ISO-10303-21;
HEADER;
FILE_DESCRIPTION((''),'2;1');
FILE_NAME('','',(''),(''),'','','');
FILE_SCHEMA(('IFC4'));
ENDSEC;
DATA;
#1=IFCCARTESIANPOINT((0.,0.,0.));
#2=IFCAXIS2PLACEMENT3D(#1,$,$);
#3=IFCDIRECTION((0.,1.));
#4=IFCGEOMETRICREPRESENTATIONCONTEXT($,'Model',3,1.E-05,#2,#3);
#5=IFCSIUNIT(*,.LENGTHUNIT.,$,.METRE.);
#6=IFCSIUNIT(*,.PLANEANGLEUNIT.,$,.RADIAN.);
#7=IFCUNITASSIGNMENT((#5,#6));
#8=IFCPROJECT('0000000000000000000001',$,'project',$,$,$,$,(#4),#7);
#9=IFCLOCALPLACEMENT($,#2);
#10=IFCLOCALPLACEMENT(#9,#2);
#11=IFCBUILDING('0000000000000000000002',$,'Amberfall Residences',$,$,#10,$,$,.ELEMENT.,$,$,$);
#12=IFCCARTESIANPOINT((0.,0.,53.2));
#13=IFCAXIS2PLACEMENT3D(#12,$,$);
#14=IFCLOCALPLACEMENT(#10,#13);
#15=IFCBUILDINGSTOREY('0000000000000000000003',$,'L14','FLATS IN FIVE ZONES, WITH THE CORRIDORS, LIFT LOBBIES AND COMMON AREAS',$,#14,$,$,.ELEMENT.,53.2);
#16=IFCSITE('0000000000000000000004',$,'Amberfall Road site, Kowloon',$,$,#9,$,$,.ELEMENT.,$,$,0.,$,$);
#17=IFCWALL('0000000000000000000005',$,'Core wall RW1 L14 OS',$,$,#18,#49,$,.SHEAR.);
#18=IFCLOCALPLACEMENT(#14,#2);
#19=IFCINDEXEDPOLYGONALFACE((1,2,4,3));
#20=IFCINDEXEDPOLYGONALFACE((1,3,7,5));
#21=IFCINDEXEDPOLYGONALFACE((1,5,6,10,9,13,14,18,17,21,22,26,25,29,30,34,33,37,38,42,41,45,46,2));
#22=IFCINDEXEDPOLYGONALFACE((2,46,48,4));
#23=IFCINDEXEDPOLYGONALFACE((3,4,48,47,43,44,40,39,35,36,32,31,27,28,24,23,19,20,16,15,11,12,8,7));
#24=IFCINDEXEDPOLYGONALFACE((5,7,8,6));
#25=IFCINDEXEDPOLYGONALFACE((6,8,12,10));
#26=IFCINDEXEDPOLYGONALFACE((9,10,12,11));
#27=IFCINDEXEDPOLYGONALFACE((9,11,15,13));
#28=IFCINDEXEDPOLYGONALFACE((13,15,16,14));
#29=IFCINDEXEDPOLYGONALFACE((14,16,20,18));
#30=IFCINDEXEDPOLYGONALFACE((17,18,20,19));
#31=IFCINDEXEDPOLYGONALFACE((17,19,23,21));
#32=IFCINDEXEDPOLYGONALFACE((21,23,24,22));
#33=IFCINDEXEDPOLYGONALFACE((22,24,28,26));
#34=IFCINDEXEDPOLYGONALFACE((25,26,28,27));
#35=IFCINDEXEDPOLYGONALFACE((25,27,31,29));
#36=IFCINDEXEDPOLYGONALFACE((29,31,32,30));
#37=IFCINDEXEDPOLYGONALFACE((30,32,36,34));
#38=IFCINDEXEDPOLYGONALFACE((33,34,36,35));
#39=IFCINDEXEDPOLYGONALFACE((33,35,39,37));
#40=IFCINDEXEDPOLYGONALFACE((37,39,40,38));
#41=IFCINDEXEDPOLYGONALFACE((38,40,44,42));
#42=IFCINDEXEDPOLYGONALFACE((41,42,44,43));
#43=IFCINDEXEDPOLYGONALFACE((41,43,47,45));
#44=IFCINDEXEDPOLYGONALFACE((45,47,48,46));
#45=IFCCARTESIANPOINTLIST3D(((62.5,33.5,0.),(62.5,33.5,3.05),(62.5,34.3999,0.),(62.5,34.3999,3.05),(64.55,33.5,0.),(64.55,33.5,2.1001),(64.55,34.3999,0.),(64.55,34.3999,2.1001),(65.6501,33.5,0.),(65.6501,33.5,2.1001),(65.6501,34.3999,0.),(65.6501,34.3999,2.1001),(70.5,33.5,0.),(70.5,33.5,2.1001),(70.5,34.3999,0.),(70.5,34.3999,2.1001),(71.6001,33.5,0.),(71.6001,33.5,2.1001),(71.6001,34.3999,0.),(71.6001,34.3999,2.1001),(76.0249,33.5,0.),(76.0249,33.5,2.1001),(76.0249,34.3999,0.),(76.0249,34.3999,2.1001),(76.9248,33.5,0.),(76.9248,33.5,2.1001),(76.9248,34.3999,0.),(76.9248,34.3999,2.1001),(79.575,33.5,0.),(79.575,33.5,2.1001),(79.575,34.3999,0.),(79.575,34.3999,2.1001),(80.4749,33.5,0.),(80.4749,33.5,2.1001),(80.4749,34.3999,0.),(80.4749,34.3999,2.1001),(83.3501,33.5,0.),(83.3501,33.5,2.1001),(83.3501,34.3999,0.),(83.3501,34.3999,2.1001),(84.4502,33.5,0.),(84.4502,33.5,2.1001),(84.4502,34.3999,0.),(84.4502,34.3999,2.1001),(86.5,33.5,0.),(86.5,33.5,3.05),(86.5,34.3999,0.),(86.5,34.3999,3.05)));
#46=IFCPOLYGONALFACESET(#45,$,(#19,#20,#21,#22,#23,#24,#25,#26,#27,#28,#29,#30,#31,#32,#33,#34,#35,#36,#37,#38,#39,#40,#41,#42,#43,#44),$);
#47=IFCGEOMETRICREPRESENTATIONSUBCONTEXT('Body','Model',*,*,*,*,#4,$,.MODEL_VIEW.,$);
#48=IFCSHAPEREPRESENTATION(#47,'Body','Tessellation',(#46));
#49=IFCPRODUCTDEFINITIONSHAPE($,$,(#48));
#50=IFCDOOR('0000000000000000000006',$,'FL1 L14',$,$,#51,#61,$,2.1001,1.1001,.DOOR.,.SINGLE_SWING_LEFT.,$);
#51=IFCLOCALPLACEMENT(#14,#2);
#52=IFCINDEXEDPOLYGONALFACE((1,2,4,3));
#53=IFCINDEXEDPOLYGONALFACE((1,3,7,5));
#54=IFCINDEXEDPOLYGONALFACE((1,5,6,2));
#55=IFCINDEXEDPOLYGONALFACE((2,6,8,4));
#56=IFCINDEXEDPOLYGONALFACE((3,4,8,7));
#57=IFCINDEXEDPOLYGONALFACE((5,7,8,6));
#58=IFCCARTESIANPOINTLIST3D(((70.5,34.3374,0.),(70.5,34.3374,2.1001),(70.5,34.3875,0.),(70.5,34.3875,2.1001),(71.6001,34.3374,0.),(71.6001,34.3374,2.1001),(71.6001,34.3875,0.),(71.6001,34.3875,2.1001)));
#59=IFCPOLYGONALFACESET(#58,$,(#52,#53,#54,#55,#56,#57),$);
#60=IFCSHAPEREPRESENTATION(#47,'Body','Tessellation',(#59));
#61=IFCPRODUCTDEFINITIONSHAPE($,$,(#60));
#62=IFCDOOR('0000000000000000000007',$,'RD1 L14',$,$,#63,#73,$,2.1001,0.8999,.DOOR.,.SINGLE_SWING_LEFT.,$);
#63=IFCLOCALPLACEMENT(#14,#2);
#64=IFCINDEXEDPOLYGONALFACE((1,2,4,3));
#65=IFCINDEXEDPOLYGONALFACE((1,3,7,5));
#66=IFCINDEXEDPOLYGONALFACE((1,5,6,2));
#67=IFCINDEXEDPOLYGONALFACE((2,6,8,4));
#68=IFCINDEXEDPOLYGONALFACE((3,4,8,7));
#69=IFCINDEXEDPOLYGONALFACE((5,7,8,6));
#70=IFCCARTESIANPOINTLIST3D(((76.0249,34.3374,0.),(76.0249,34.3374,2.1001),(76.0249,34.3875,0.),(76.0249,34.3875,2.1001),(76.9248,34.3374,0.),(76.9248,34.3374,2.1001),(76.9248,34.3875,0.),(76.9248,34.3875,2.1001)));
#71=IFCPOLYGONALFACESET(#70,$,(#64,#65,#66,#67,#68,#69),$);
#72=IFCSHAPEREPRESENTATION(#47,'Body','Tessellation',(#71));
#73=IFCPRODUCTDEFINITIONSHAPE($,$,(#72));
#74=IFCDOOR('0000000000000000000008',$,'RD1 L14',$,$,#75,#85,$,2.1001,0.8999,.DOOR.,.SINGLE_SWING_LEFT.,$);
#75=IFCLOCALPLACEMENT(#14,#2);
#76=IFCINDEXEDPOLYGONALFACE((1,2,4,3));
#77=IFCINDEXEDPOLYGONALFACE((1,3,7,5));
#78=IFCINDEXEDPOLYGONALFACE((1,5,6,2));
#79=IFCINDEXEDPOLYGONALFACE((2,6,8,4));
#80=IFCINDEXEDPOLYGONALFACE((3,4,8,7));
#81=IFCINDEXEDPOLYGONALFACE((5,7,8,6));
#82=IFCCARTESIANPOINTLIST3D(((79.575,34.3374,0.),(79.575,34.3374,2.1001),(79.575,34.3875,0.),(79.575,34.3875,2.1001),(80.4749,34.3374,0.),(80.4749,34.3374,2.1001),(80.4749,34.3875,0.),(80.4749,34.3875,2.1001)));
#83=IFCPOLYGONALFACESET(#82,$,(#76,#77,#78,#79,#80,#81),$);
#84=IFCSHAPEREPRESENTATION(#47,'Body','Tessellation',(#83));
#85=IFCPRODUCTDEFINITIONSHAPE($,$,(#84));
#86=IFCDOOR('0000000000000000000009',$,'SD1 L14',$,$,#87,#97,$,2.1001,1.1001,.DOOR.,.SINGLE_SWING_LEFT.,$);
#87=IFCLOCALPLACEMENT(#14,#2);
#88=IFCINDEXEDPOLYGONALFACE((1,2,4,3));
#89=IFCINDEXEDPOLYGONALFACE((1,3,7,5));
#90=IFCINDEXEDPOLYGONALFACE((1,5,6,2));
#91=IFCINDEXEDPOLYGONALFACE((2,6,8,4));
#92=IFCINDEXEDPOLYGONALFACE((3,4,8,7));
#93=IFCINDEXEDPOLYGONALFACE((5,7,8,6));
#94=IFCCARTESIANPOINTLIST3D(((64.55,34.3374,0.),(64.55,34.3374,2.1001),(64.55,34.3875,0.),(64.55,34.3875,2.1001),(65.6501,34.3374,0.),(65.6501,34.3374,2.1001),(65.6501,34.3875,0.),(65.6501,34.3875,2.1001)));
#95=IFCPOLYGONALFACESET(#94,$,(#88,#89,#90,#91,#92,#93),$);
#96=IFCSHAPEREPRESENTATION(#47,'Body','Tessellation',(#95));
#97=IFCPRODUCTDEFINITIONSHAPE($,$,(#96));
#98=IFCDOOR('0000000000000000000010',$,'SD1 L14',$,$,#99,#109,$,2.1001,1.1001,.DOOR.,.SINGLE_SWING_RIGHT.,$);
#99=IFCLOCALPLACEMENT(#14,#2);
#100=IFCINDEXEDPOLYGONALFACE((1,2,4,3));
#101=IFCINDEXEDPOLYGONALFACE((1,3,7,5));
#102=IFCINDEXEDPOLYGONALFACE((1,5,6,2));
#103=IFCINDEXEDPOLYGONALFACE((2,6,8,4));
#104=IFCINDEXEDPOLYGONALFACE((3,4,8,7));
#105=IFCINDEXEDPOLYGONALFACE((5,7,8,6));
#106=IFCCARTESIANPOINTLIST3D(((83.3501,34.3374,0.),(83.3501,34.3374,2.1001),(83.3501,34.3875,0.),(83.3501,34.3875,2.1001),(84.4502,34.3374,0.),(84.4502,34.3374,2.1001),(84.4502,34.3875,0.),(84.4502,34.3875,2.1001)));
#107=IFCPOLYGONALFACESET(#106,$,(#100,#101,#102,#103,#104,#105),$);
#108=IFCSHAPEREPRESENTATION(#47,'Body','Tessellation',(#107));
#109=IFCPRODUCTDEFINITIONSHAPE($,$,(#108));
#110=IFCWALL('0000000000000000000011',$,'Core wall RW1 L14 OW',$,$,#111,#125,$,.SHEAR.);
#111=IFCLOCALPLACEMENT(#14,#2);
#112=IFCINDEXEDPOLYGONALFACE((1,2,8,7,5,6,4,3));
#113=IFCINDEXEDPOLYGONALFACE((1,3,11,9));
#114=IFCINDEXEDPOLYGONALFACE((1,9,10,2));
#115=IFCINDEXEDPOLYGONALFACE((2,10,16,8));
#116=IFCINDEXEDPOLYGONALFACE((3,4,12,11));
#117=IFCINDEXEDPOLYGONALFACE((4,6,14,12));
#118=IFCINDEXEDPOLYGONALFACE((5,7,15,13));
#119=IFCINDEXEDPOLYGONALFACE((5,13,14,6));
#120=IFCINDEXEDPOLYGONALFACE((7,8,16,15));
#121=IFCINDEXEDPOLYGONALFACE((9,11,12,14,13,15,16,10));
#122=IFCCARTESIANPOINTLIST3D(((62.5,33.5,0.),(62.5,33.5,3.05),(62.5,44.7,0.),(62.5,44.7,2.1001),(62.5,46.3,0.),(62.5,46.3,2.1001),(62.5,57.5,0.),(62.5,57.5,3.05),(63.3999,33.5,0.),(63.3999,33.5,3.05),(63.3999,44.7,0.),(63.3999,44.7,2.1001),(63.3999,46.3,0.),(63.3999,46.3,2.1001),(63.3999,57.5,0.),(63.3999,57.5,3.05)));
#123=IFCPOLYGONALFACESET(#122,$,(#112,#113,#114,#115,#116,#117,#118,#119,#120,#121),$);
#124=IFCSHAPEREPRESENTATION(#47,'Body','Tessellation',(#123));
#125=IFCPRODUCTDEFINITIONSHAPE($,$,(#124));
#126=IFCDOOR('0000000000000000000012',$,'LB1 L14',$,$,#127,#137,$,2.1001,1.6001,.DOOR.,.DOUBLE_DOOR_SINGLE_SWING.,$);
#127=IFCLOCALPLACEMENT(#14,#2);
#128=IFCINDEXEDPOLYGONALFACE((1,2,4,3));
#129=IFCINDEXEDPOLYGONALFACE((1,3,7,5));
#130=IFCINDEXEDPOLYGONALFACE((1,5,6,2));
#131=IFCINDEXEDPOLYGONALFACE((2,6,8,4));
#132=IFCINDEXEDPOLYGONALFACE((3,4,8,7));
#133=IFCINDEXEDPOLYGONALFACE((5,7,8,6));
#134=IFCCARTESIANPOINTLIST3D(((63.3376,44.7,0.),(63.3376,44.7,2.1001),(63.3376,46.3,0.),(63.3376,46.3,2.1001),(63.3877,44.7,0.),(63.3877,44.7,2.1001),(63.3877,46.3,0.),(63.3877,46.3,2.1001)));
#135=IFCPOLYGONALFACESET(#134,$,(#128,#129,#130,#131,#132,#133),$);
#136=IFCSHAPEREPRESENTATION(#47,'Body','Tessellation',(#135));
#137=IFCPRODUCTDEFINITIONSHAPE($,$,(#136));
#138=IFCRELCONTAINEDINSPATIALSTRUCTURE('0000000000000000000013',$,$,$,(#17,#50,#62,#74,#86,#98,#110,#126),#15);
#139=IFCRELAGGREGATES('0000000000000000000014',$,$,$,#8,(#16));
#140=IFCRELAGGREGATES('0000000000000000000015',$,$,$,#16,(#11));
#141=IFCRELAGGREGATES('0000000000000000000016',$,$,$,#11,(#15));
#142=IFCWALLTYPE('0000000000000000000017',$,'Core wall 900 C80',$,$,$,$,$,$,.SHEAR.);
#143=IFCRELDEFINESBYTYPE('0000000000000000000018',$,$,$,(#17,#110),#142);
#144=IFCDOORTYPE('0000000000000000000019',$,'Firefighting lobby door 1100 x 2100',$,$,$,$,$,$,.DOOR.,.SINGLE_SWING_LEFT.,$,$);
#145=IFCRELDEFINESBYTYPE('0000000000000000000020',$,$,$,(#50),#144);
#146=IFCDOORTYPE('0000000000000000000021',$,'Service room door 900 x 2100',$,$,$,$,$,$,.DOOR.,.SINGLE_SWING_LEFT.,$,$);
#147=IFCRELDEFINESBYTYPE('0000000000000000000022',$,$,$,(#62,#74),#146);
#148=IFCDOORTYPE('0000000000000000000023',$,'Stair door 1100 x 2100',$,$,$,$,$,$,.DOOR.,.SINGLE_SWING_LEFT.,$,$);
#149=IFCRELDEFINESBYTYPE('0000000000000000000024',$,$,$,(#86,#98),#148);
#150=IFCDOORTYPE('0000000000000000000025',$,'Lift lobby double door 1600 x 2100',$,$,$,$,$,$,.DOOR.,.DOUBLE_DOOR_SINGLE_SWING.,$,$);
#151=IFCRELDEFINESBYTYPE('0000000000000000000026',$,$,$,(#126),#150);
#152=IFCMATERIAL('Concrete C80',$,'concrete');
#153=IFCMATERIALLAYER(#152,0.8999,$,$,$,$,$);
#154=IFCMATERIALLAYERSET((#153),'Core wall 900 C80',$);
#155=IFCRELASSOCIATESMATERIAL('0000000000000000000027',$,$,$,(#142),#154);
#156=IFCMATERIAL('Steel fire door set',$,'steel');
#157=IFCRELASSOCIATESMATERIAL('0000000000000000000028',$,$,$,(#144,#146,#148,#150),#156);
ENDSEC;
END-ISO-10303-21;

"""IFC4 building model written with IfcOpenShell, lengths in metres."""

from ifc_helpers import new_model, si_unit, direction, frame, frame_2d, origin, place, context, subcontext, project, spatial, rectangle, extrude, material, layer, layer_set, type_object, element, fill, save


model = new_model("IFC4")

# Units and contexts
model_context = context("Model", 3, precision=1e-05, world=origin(), true_north=direction((0.0, 1.0)))
body_context = subcontext(model_context, "Body", "Model", "MODEL_VIEW")
ifc_project = project(units=[si_unit("LENGTHUNIT", "METRE"), si_unit("PLANEANGLEUNIT", "RADIAN")], contexts=[model_context])

# Site, building, storey
site_placement = place(None, origin())
site = spatial("IfcSite", under=ifc_project, at=site_placement, Name="Amberfall Road site, Kowloon", CompositionType="ELEMENT", RefElevation=0.0)
building_placement = place(site_placement, origin())
building = spatial("IfcBuilding", under=site, at=building_placement, Name="Amberfall Residences", CompositionType="ELEMENT")
storey_placement = place(building_placement, frame((0.0, 0.0, 53.2)))
storey = spatial("IfcBuildingStorey", under=building, at=storey_placement, Name="L14", Description="FLATS IN FIVE ZONES, WITH THE CORRIDORS, LIFT LOBBIES AND COMMON AREAS", CompositionType="ELEMENT", Elevation=53.2)

# Wall, openings, doors
ifc_material_1 = material(Name="Concrete C80", Category="concrete")
ifc_layer_1 = layer(ifc_material_1, 0.8999)
ifc_layer_set_1 = layer_set([ifc_layer_1], Name="Core wall 900 C80")
wall_type_1 = type_object("IfcWallType", Name="Core wall 900 C80", PredefinedType="SHEAR", material=ifc_layer_set_1)
wall_1_placement = place(storey_placement, frame((62.5, 33.95, 0.0), z_axis=(0.0, 0.0, 1.0), x_axis=(1.0, 0.0, 0.0)))
wall_1 = element("IfcWall", 1, at=wall_1_placement, inside=storey, type_object=wall_type_1, Name="Core wall RW1 L14 OS", PredefinedType="SHEAR", context=body_context, shape_type="SweptSolid", body=[
    extrude(rectangle(XDim=24.0, YDim=0.8999, at=frame_2d((12.0, 0.0))), origin(), (0.0, 0.0, 1.0), 3.05),
])
opening_1_placement = place(wall_1_placement, frame((2.05, 0.0, 0.0)))
opening_1 = element("IfcOpeningElement", 2, at=opening_1_placement, cuts=wall_1, PredefinedType="OPENING", context=body_context, shape_type="SweptSolid", body=[
    extrude(rectangle(XDim=1.1001, YDim=2.1001, at=frame_2d((0.55, 1.05))), frame((0.0, 0.46, 0.0), z_axis=(0.0, -1.0, 0.0), x_axis=(1.0, 0.0, 0.0)), (0.0, 0.0, 1.0), 0.9199),
])
opening_2_placement = place(wall_1_placement, frame((20.8501, 0.0, 0.0)))
opening_2 = element("IfcOpeningElement", 3, at=opening_2_placement, cuts=wall_1, PredefinedType="OPENING", context=body_context, shape_type="SweptSolid", body=[
    extrude(rectangle(XDim=1.1001, YDim=2.1001, at=frame_2d((0.55, 1.05))), frame((0.0, 0.46, 0.0), z_axis=(0.0, -1.0, 0.0), x_axis=(1.0, 0.0, 0.0)), (0.0, 0.0, 1.0), 0.9199),
])
opening_3_placement = place(wall_1_placement, frame((8.0, 0.0, 0.0)))
opening_3 = element("IfcOpeningElement", 4, at=opening_3_placement, cuts=wall_1, PredefinedType="OPENING", context=body_context, shape_type="SweptSolid", body=[
    extrude(rectangle(XDim=1.1001, YDim=2.1001, at=frame_2d((0.55, 1.05))), frame((0.0, 0.46, 0.0), z_axis=(0.0, -1.0, 0.0), x_axis=(1.0, 0.0, 0.0)), (0.0, 0.0, 1.0), 0.9199),
])
opening_4_placement = place(wall_1_placement, frame((13.5249, 0.0, 0.0)))
opening_4 = element("IfcOpeningElement", 5, at=opening_4_placement, cuts=wall_1, PredefinedType="OPENING", context=body_context, shape_type="SweptSolid", body=[
    extrude(rectangle(XDim=0.8999, YDim=2.1001, at=frame_2d((0.45, 1.05))), frame((0.0, 0.46, 0.0), z_axis=(0.0, -1.0, 0.0), x_axis=(1.0, 0.0, 0.0)), (0.0, 0.0, 1.0), 0.9199),
])
opening_5_placement = place(wall_1_placement, frame((17.075, 0.0, 0.0)))
opening_5 = element("IfcOpeningElement", 6, at=opening_5_placement, cuts=wall_1, PredefinedType="OPENING", context=body_context, shape_type="SweptSolid", body=[
    extrude(rectangle(XDim=0.8999, YDim=2.1001, at=frame_2d((0.45, 1.05))), frame((0.0, 0.46, 0.0), z_axis=(0.0, -1.0, 0.0), x_axis=(1.0, 0.0, 0.0)), (0.0, 0.0, 1.0), 0.9199),
])
ifc_material_2 = material(Name="Steel fire door set", Category="steel")
door_type_1 = type_object("IfcDoorType", Name="Firefighting lobby door 1100 x 2100", OperationType="SINGLE_SWING_LEFT", PredefinedType="DOOR", material=ifc_material_2)
door_1_placement = place(opening_3_placement, origin())
door_1 = element("IfcDoor", 7, at=door_1_placement, inside=storey, type_object=door_type_1, Name="FL1 L14", OperationType="SINGLE_SWING_LEFT", OverallHeight=2.1001, OverallWidth=1.1001, PredefinedType="DOOR", context=body_context, shape_type="SweptSolid", body=[
    extrude(rectangle(XDim=1.1001, YDim=2.1001, at=frame_2d((0.55, 1.05))), frame((0.0, 0.4375, 0.0), z_axis=(0.0, -1.0, 0.0), x_axis=(1.0, 0.0, 0.0)), (0.0, 0.0, 1.0), 0.05),
])
fill(opening_3, door_1)
door_type_2 = type_object("IfcDoorType", Name="Service room door 900 x 2100", OperationType="SINGLE_SWING_LEFT", PredefinedType="DOOR", material=ifc_material_2)
door_2_placement = place(opening_4_placement, origin())
door_2 = element("IfcDoor", 8, at=door_2_placement, inside=storey, type_object=door_type_2, Name="RD1 L14", OperationType="SINGLE_SWING_LEFT", OverallHeight=2.1001, OverallWidth=0.8999, PredefinedType="DOOR", context=body_context, shape_type="SweptSolid", body=[
    extrude(rectangle(XDim=0.8999, YDim=2.1001, at=frame_2d((0.45, 1.05))), frame((0.0, 0.4375, 0.0), z_axis=(0.0, -1.0, 0.0), x_axis=(1.0, 0.0, 0.0)), (0.0, 0.0, 1.0), 0.05),
])
fill(opening_4, door_2)
door_3_placement = place(opening_5_placement, origin())
door_3 = element("IfcDoor", 9, at=door_3_placement, inside=storey, type_object=door_type_2, Name="RD1 L14", OperationType="SINGLE_SWING_LEFT", OverallHeight=2.1001, OverallWidth=0.8999, PredefinedType="DOOR", context=body_context, shape_type="SweptSolid", body=[
    extrude(rectangle(XDim=0.8999, YDim=2.1001, at=frame_2d((0.45, 1.05))), frame((0.0, 0.4375, 0.0), z_axis=(0.0, -1.0, 0.0), x_axis=(1.0, 0.0, 0.0)), (0.0, 0.0, 1.0), 0.05),
])
fill(opening_5, door_3)
door_type_3 = type_object("IfcDoorType", Name="Stair door 1100 x 2100", OperationType="SINGLE_SWING_LEFT", PredefinedType="DOOR", material=ifc_material_2)
door_4_placement = place(opening_1_placement, origin())
door_4 = element("IfcDoor", 10, at=door_4_placement, inside=storey, type_object=door_type_3, Name="SD1 L14", OperationType="SINGLE_SWING_LEFT", OverallHeight=2.1001, OverallWidth=1.1001, PredefinedType="DOOR", context=body_context, shape_type="SweptSolid", body=[
    extrude(rectangle(XDim=1.1001, YDim=2.1001, at=frame_2d((0.55, 1.05))), frame((0.0, 0.4375, 0.0), z_axis=(0.0, -1.0, 0.0), x_axis=(1.0, 0.0, 0.0)), (0.0, 0.0, 1.0), 0.05),
])
fill(opening_1, door_4)
door_5_placement = place(opening_2_placement, origin())
door_5 = element("IfcDoor", 11, at=door_5_placement, inside=storey, type_object=door_type_3, Name="SD1 L14", OperationType="SINGLE_SWING_RIGHT", OverallHeight=2.1001, OverallWidth=1.1001, PredefinedType="DOOR", context=body_context, shape_type="SweptSolid", body=[
    extrude(rectangle(XDim=1.1001, YDim=2.1001, at=frame_2d((0.55, 1.05))), frame((0.0, 0.4375, 0.0), z_axis=(0.0, -1.0, 0.0), x_axis=(1.0, 0.0, 0.0)), (0.0, 0.0, 1.0), 0.05),
])
fill(opening_2, door_5)

# Wall, opening, door
wall_2_placement = place(storey_placement, frame((62.95, 33.5, 0.0), z_axis=(0.0, 0.0, 1.0), x_axis=(0.0, 1.0, 0.0)))
wall_2 = element("IfcWall", 12, at=wall_2_placement, inside=storey, type_object=wall_type_1, Name="Core wall RW1 L14 OW", PredefinedType="SHEAR", context=body_context, shape_type="SweptSolid", body=[
    extrude(rectangle(XDim=24.0, YDim=0.8999, at=frame_2d((12.0, 0.0))), origin(), (0.0, 0.0, 1.0), 3.05),
])
opening_6_placement = place(wall_2_placement, frame((11.2, 0.0, 0.0)))
opening_6 = element("IfcOpeningElement", 13, at=opening_6_placement, cuts=wall_2, PredefinedType="OPENING", context=body_context, shape_type="SweptSolid", body=[
    extrude(rectangle(XDim=1.6001, YDim=2.1001, at=frame_2d((0.8, 1.05))), frame((0.0, 0.46, 0.0), z_axis=(0.0, -1.0, 0.0), x_axis=(1.0, 0.0, 0.0)), (0.0, 0.0, 1.0), 0.9199),
])
door_type_4 = type_object("IfcDoorType", Name="Lift lobby double door 1600 x 2100", OperationType="DOUBLE_DOOR_SINGLE_SWING", PredefinedType="DOOR", material=ifc_material_2)
door_6_placement = place(opening_6_placement, origin())
door_6 = element("IfcDoor", 14, at=door_6_placement, inside=storey, type_object=door_type_4, Name="LB1 L14", OperationType="DOUBLE_DOOR_SINGLE_SWING", OverallHeight=2.1001, OverallWidth=1.6001, PredefinedType="DOOR", context=body_context, shape_type="SweptSolid", body=[
    extrude(rectangle(XDim=1.6001, YDim=2.1001, at=frame_2d((0.8, 1.05))), frame((0.0, -0.3877, 0.0), z_axis=(0.0, -1.0, 0.0), x_axis=(1.0, 0.0, 0.0)), (0.0, 0.0, 1.0), 0.05),
])
fill(opening_6, door_6)

save(model, "model.ifc")
